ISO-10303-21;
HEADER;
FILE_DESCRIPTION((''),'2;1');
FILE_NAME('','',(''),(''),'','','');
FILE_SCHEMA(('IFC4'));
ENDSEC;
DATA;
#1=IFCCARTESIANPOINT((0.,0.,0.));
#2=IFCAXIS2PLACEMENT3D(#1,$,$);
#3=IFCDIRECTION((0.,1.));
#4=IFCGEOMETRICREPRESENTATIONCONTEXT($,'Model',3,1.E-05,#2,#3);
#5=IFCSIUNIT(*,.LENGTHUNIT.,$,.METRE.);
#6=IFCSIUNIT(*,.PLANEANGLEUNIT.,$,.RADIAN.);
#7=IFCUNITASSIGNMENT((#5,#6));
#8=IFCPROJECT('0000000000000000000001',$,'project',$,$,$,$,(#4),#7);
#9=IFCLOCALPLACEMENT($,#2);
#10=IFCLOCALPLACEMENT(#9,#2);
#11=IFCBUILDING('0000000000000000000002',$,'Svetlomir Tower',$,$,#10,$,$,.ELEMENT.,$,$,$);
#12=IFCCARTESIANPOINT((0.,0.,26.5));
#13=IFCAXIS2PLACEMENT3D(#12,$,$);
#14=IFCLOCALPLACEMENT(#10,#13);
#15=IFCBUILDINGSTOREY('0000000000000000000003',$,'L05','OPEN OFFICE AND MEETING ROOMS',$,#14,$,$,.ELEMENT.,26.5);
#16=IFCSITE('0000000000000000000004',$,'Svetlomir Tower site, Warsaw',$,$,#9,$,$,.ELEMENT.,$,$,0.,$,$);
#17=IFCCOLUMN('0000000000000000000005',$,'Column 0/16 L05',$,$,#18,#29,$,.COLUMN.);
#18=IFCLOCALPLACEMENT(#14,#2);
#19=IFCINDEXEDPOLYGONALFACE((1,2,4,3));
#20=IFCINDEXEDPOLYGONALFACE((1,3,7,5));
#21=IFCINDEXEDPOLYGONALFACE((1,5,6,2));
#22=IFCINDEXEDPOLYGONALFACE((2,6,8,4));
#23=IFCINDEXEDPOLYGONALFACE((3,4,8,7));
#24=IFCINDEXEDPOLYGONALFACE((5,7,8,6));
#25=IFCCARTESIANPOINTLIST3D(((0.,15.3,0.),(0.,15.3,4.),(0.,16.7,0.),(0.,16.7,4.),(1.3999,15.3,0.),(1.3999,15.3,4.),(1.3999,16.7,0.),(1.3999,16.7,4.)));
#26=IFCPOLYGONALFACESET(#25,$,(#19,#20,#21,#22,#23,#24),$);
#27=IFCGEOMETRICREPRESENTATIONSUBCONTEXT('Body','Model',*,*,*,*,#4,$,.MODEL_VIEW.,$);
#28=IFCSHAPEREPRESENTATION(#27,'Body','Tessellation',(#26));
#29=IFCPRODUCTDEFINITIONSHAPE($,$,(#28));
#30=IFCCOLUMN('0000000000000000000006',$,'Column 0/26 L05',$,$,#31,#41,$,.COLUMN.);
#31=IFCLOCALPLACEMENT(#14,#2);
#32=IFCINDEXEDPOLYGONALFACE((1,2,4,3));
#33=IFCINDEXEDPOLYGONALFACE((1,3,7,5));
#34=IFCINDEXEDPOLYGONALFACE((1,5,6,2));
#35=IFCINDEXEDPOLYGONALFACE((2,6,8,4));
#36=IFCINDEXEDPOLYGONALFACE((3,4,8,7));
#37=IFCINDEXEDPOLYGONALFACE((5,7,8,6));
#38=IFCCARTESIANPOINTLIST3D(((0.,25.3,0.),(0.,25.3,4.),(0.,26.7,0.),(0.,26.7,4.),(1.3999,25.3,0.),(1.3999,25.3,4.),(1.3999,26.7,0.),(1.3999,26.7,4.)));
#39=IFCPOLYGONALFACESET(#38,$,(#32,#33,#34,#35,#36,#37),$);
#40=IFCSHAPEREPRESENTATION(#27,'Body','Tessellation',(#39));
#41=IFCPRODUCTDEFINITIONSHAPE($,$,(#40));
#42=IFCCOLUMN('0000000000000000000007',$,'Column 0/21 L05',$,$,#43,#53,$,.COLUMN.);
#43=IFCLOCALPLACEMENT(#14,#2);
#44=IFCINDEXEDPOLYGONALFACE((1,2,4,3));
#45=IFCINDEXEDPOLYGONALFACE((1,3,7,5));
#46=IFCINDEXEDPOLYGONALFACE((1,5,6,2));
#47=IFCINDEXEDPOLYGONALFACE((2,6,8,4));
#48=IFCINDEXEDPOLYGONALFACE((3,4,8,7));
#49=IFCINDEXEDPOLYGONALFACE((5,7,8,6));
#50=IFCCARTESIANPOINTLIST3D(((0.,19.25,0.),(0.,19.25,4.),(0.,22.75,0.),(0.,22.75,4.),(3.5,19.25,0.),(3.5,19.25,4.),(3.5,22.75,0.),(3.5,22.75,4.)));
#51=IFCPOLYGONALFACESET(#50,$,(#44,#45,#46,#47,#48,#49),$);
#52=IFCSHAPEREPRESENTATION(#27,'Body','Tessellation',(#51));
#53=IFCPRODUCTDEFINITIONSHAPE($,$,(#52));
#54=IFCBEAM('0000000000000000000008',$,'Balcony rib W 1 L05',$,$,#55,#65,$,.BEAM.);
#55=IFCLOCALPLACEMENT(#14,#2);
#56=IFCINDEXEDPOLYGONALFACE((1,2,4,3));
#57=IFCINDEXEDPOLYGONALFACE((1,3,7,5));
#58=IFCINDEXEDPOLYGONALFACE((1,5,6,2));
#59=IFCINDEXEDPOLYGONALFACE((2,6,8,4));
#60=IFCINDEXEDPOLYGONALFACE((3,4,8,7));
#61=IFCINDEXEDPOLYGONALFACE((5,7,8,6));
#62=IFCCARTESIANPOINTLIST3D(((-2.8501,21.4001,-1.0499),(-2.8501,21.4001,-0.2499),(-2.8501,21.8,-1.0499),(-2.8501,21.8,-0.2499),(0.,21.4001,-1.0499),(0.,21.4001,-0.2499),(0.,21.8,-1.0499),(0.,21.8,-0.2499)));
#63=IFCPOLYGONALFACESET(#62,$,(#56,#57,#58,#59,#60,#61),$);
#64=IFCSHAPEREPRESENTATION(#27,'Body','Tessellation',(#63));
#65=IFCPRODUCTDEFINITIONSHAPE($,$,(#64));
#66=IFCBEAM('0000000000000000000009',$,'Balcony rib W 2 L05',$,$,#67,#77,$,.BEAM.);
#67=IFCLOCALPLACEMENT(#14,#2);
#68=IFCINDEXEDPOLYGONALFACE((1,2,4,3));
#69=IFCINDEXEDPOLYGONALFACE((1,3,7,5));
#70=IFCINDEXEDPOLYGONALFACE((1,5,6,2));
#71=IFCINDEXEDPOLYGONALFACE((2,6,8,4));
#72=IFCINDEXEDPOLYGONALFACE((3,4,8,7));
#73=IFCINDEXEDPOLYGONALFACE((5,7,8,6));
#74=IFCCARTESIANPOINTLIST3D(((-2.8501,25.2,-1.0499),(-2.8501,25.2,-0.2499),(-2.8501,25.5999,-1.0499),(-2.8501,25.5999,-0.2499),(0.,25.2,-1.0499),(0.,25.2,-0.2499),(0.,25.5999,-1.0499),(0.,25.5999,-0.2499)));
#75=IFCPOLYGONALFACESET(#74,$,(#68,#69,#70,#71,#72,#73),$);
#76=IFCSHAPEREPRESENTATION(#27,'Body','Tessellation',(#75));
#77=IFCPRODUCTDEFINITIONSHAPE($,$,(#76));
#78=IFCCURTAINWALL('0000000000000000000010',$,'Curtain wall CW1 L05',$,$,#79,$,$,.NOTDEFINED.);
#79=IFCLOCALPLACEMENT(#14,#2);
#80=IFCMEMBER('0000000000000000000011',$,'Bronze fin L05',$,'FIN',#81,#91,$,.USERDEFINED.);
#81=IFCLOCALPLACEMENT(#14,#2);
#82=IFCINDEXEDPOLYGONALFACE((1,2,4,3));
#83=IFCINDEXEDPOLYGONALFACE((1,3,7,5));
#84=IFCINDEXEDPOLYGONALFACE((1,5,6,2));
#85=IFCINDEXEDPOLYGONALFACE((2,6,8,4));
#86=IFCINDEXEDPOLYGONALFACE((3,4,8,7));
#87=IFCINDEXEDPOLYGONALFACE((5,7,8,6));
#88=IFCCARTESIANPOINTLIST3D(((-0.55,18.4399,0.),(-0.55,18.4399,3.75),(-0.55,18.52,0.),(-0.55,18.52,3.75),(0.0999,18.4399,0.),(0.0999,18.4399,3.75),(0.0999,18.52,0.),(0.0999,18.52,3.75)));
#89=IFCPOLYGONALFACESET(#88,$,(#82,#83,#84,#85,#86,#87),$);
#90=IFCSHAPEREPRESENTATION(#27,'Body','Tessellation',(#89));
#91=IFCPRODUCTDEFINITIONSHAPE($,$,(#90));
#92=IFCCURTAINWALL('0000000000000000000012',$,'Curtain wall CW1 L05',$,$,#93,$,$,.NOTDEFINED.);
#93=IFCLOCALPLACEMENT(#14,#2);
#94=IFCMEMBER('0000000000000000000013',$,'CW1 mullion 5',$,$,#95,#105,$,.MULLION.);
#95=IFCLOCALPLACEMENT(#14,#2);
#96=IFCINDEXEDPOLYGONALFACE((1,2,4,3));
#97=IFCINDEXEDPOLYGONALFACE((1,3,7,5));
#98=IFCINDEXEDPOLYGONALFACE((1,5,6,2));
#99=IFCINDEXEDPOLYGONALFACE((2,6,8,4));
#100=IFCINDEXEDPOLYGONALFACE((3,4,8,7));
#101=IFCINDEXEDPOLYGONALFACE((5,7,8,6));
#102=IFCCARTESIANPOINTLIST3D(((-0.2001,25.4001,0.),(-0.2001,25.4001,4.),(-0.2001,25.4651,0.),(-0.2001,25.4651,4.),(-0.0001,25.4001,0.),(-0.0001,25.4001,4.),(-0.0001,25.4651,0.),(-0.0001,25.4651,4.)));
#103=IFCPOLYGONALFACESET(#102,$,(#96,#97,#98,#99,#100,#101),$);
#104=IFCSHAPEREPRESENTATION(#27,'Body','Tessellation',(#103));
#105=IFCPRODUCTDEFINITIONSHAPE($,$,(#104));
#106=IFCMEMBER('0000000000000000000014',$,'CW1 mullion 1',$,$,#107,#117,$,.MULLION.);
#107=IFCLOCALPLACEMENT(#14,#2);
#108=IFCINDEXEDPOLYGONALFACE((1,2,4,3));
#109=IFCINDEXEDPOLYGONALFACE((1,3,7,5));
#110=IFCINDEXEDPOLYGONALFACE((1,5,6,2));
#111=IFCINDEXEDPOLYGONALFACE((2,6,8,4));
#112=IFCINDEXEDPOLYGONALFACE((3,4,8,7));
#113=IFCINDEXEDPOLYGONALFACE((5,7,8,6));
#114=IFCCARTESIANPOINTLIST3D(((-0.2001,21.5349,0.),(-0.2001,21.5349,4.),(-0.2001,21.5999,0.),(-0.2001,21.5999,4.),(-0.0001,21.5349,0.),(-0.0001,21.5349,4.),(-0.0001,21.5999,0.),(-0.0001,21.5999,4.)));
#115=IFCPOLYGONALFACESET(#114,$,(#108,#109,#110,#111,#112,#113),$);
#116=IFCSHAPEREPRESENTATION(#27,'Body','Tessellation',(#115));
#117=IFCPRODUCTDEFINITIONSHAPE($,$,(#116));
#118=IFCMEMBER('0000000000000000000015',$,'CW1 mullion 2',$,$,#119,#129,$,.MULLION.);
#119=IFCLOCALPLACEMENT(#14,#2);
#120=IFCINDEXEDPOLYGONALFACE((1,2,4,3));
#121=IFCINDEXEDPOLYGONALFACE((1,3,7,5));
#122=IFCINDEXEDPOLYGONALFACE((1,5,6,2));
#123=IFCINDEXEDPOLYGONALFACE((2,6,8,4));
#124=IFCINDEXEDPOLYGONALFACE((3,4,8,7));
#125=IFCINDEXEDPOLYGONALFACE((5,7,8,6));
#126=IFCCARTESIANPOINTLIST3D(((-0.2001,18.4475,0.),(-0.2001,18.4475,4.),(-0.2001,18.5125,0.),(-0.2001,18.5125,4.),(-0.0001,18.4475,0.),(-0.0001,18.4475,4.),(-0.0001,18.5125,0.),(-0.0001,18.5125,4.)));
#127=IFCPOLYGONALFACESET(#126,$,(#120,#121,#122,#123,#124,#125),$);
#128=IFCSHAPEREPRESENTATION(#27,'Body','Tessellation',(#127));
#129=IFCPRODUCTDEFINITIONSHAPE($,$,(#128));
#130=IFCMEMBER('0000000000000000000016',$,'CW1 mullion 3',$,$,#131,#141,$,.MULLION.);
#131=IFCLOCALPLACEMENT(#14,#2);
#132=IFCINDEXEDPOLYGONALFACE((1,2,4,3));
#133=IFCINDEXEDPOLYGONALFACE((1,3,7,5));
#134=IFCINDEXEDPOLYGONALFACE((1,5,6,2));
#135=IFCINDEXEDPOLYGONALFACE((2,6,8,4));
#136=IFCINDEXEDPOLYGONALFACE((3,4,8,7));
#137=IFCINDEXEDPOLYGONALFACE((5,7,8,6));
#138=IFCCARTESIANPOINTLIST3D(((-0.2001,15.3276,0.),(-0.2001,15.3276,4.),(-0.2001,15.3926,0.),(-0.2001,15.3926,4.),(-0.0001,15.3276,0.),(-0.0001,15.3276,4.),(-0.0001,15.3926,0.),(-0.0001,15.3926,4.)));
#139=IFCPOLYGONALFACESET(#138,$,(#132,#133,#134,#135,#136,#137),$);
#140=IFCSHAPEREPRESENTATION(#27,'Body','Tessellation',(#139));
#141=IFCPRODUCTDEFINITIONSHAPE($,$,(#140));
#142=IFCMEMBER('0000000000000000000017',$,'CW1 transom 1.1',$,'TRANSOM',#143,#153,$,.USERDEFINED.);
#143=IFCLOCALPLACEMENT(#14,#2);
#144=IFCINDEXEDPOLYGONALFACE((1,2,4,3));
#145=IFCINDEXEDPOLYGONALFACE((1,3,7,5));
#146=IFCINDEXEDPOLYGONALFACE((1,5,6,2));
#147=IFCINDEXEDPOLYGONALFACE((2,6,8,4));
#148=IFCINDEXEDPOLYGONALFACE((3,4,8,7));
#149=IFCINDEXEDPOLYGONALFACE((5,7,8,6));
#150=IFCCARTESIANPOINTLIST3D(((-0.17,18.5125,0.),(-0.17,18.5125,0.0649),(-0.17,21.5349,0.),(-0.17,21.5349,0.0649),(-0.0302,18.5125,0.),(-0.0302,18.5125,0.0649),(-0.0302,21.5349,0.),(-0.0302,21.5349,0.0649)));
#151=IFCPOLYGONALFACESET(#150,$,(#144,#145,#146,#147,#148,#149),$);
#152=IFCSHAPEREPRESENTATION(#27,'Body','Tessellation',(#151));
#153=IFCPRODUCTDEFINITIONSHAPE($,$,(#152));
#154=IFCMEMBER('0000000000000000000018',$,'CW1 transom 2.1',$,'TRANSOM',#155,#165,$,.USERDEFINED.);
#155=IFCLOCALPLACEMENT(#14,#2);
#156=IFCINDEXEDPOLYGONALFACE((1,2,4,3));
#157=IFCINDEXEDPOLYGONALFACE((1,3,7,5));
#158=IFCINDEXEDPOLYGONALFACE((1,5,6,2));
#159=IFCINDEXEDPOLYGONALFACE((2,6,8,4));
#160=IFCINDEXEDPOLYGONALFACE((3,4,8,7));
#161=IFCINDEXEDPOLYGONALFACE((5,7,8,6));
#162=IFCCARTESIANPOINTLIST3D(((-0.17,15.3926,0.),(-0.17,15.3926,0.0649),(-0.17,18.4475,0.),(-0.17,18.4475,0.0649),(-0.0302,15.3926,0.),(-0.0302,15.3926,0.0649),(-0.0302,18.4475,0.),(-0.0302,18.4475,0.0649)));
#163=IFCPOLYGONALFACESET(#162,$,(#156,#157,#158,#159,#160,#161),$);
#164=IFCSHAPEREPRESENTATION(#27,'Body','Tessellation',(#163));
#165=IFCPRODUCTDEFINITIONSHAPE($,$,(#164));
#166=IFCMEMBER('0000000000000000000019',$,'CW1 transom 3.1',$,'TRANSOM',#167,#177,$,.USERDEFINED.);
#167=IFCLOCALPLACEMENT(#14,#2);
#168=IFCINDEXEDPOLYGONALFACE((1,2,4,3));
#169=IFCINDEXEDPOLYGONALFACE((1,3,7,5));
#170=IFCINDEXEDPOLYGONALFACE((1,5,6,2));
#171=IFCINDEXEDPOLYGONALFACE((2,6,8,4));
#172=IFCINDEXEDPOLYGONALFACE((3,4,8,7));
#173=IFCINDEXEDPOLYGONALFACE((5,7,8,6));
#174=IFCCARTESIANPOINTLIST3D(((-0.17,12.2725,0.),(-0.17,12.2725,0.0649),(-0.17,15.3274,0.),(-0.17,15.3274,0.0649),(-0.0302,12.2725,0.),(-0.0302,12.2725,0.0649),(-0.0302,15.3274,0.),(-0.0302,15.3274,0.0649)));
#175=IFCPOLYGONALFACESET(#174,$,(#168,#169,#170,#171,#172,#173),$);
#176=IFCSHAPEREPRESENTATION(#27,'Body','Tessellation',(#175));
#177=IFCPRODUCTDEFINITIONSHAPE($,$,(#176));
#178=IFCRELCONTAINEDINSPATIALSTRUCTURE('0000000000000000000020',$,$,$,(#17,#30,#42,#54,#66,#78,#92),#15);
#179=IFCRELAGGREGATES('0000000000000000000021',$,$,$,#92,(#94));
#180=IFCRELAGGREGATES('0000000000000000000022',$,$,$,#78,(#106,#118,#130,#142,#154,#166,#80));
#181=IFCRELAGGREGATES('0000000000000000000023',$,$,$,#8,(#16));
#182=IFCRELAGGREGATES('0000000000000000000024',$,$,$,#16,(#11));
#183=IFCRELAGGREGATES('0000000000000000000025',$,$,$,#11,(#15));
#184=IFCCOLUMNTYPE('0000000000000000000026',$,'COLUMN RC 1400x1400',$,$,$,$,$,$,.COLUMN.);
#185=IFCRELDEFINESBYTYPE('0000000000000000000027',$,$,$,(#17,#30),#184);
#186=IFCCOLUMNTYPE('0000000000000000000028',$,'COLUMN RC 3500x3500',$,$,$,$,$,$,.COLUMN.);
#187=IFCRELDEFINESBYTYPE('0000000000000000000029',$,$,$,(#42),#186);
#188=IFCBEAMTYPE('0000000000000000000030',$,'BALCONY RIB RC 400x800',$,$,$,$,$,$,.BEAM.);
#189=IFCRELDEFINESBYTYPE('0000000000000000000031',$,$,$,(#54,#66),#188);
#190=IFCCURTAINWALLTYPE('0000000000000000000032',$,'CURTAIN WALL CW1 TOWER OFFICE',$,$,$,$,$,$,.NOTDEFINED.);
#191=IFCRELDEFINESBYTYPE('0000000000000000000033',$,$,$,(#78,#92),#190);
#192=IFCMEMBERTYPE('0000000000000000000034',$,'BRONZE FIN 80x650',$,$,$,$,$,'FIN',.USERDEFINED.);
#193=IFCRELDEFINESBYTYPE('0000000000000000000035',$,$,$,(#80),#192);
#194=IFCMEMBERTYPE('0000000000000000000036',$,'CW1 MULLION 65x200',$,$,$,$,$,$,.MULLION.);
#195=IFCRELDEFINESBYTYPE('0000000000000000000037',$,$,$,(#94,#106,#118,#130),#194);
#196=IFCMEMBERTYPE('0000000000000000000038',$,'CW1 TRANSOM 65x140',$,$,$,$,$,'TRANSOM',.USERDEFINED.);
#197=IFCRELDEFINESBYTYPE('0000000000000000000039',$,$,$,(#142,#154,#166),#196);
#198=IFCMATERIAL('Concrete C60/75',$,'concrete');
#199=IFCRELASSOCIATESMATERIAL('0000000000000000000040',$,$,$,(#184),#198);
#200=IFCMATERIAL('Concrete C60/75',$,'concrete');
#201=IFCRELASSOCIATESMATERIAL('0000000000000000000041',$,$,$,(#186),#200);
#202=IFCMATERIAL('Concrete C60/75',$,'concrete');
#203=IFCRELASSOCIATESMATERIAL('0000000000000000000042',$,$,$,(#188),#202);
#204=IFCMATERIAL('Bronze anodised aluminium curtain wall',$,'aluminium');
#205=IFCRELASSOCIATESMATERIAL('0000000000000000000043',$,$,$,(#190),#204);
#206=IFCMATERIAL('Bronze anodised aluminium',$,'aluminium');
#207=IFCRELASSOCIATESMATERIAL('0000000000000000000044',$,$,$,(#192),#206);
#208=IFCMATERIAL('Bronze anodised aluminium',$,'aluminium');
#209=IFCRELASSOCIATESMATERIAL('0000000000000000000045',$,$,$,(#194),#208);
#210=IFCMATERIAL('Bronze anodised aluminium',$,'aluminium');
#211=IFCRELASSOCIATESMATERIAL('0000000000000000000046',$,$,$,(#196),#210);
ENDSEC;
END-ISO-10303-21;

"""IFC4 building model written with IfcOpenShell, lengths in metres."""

from ifc_helpers import new_model, si_unit, direction, frame, origin, origin_2d, place, context, subcontext, project, spatial, rectangle, extrude, material, material_profile, profile_set, type_object, element, aggregate, save


model = new_model("IFC4")

# Units and contexts
model_context = context("Model", 3, precision=1e-05, world=origin(), true_north=direction((0.0, 1.0)))
body_context = subcontext(model_context, "Body", "Model", "MODEL_VIEW")
ifc_project = project(units=[si_unit("LENGTHUNIT", "METRE"), si_unit("PLANEANGLEUNIT", "RADIAN")], contexts=[model_context])

# Site, building, storey
site_placement = place(None, origin())
site = spatial("IfcSite", under=ifc_project, at=site_placement, Name="Svetlomir Tower site, Warsaw", CompositionType="ELEMENT", RefElevation=0.0)
building_placement = place(site_placement, origin())
building = spatial("IfcBuilding", under=site, at=building_placement, Name="Svetlomir Tower", CompositionType="ELEMENT")
storey_placement = place(building_placement, frame((0.0, 0.0, 26.5)))
storey = spatial("IfcBuildingStorey", under=building, at=storey_placement, Name="L05", Description="OPEN OFFICE AND MEETING ROOMS", CompositionType="ELEMENT", Elevation=26.5)

# Columns
ifc_material_1 = material(Name="Concrete C60/75", Category="concrete")
ifc_material_profile_1 = material_profile(ifc_material_1, rectangle(XDim=1.3999, YDim=1.3999, at=origin_2d()), Name="RC 1400x1400")
ifc_profile_set_1 = profile_set([ifc_material_profile_1], Name="Concrete C60/75")
column_type_1 = type_object("IfcColumnType", Name="COLUMN RC 1400x1400", PredefinedType="COLUMN", material=ifc_profile_set_1)
for number, where, z_axis, x_axis, name in (
    (1, (0.7, 16.0, 0.0), (0.0, 0.0, 1.0), (1.0, 0.0, 0.0), "Column 0/16 L05"),
    (2, (0.7, 26.0, 0.0), (0.0, 0.0, 1.0), (1.0, 0.0, 0.0), "Column 0/26 L05"),
):
    element("IfcColumn", number, at=place(storey_placement, frame(where, z_axis=z_axis, x_axis=x_axis)), inside=storey, type_object=column_type_1, Name=name, PredefinedType="COLUMN", context=body_context, shape_type="SweptSolid", body=[
        extrude(rectangle(XDim=1.3999, YDim=1.3999, at=origin_2d()), origin(), (0.0, 0.0, 1.0), 4.0),
    ])
ifc_material_2 = material(Name="Concrete C60/75", Category="concrete")
ifc_material_profile_2 = material_profile(ifc_material_2, rectangle(XDim=3.5, YDim=3.5, at=origin_2d()), Name="RC 3500x3500")
ifc_profile_set_2 = profile_set([ifc_material_profile_2], Name="Concrete C60/75")
column_type_2 = type_object("IfcColumnType", Name="COLUMN RC 3500x3500", PredefinedType="COLUMN", material=ifc_profile_set_2)
column_placement = place(storey_placement, frame((1.75, 21.0, 0.0), z_axis=(0.0, 0.0, 1.0), x_axis=(1.0, 0.0, 0.0)))
element("IfcColumn", 3, at=column_placement, inside=storey, type_object=column_type_2, Name="Column 0/21 L05", PredefinedType="COLUMN", context=body_context, shape_type="SweptSolid", body=[
    extrude(rectangle(XDim=3.5, YDim=3.5, at=origin_2d()), origin(), (0.0, 0.0, 1.0), 4.0),
])

# Beams
ifc_material_3 = material(Name="Concrete C60/75", Category="concrete")
ifc_material_profile_3 = material_profile(ifc_material_3, rectangle(XDim=0.3999, YDim=0.8, at=origin_2d()), Name="RC 400x800")
ifc_profile_set_3 = profile_set([ifc_material_profile_3], Name="Concrete C60/75")
beam_type_1 = type_object("IfcBeamType", Name="BALCONY RIB RC 400x800", PredefinedType="BEAM", material=ifc_profile_set_3)
for number, where, z_axis, x_axis, name in (
    (4, (0.0, 21.6001, -0.6499), (-1.0, 0.0, 0.0), (0.0, -1.0, 0.0), "Balcony rib W 1 L05"),
    (5, (0.0, 25.3999, -0.6499), (-1.0, 0.0, 0.0), (0.0, -1.0, 0.0), "Balcony rib W 2 L05"),
):
    element("IfcBeam", number, at=place(storey_placement, frame(where, z_axis=z_axis, x_axis=x_axis)), inside=storey, type_object=beam_type_1, Name=name, PredefinedType="BEAM", context=body_context, shape_type="SweptSolid", body=[
        extrude(rectangle(XDim=0.3999, YDim=0.8, at=origin_2d()), origin(), (0.0, 0.0, 1.0), 2.8501),
    ])

# Curtain walls, members
ifc_material_4 = material(Name="Bronze anodised aluminium curtain wall", Category="aluminium")
curtain_wall_type = type_object("IfcCurtainWallType", Name="CURTAIN WALL CW1 TOWER OFFICE", PredefinedType="NOTDEFINED", material=ifc_material_4)
curtain_wall_1_placement = place(storey_placement, origin())
curtain_wall_1 = element("IfcCurtainWall", 6, at=curtain_wall_1_placement, inside=storey, type_object=curtain_wall_type, Name="Curtain wall CW1 L05", PredefinedType="NOTDEFINED")
ifc_material_5 = material(Name="Bronze anodised aluminium", Category="aluminium")
ifc_material_profile_4 = material_profile(ifc_material_5, rectangle(XDim=0.0801, YDim=0.6499, at=origin_2d()), Name="FIN 80x650")
ifc_profile_set_4 = profile_set([ifc_material_profile_4], Name="Bronze anodised aluminium 6063-T6")
member_type_1 = type_object("IfcMemberType", Name="BRONZE FIN 80x650", ElementType="FIN", PredefinedType="USERDEFINED", material=ifc_profile_set_4)
member_1_placement = place(storey_placement, frame((-0.2251, 18.48, 0.0), z_axis=(0.0, 0.0, 1.0), x_axis=(0.0, 1.0, 0.0)))
member_1 = element("IfcMember", 7, at=member_1_placement, type_object=member_type_1, Name="Bronze fin L05", ObjectType="FIN", PredefinedType="USERDEFINED", context=body_context, shape_type="SweptSolid", body=[
    extrude(rectangle(XDim=0.0801, YDim=0.6499, at=origin_2d()), origin(), (0.0, 0.0, 1.0), 3.75),
])
curtain_wall_2_placement = place(storey_placement, origin())
curtain_wall_2 = element("IfcCurtainWall", 8, at=curtain_wall_2_placement, inside=storey, type_object=curtain_wall_type, Name="Curtain wall CW1 L05", PredefinedType="NOTDEFINED")
ifc_material_6 = material(Name="Bronze anodised aluminium", Category="aluminium")
ifc_material_profile_5 = material_profile(ifc_material_6, rectangle(XDim=0.0649, YDim=0.2, at=origin_2d()), Name="AL 65x200")
ifc_profile_set_5 = profile_set([ifc_material_profile_5], Name="Bronze anodised aluminium 6063-T6")
member_type_2 = type_object("IfcMemberType", Name="CW1 MULLION 65x200", PredefinedType="MULLION", material=ifc_profile_set_5)
member_2_placement = place(storey_placement, frame((-0.1001, 25.4326, 0.0), z_axis=(0.0, 0.0, 1.0), x_axis=(0.0, -1.0, 0.0)))
member_2 = element("IfcMember", 9, at=member_2_placement, type_object=member_type_2, Name="CW1 mullion 5", PredefinedType="MULLION", context=body_context, shape_type="SweptSolid", body=[
    extrude(rectangle(XDim=0.0649, YDim=0.2, at=origin_2d()), origin(), (0.0, 0.0, 1.0), 4.0),
])

# Members
member_3_placement = place(storey_placement, frame((-0.1001, 21.5674, 0.0), z_axis=(0.0, 0.0, 1.0), x_axis=(0.0, -1.0, 0.0)))
member_3 = element("IfcMember", 10, at=member_3_placement, type_object=member_type_2, Name="CW1 mullion 1", PredefinedType="MULLION", context=body_context, shape_type="SweptSolid", body=[
    extrude(rectangle(XDim=0.0649, YDim=0.2, at=origin_2d()), origin(), (0.0, 0.0, 1.0), 4.0),
])
member_4_placement = place(storey_placement, frame((-0.1001, 18.48, 0.0), z_axis=(0.0, 0.0, 1.0), x_axis=(0.0, -1.0, 0.0)))
member_4 = element("IfcMember", 11, at=member_4_placement, type_object=member_type_2, Name="CW1 mullion 2", PredefinedType="MULLION", context=body_context, shape_type="SweptSolid", body=[
    extrude(rectangle(XDim=0.0649, YDim=0.2, at=origin_2d()), origin(), (0.0, 0.0, 1.0), 4.0),
])
member_5_placement = place(storey_placement, frame((-0.1001, 15.3601, 0.0), z_axis=(0.0, 0.0, 1.0), x_axis=(0.0, -1.0, 0.0)))
member_5 = element("IfcMember", 12, at=member_5_placement, type_object=member_type_2, Name="CW1 mullion 3", PredefinedType="MULLION", context=body_context, shape_type="SweptSolid", body=[
    extrude(rectangle(XDim=0.0649, YDim=0.2, at=origin_2d()), origin(), (0.0, 0.0, 1.0), 4.0),
])
ifc_material_7 = material(Name="Bronze anodised aluminium", Category="aluminium")
ifc_material_profile_6 = material_profile(ifc_material_7, rectangle(XDim=0.1399, YDim=0.0649, at=origin_2d()), Name="AL 140x65")
ifc_profile_set_6 = profile_set([ifc_material_profile_6], Name="Bronze anodised aluminium 6063-T6")
member_type_3 = type_object("IfcMemberType", Name="CW1 TRANSOM 65x140", ElementType="TRANSOM", PredefinedType="USERDEFINED", material=ifc_profile_set_6)
member_6_placement = place(storey_placement, frame((-0.1001, 21.5349, 0.0325), z_axis=(0.0, -1.0, 0.0), x_axis=(1.0, 0.0, 0.0)))
member_6 = element("IfcMember", 13, at=member_6_placement, type_object=member_type_3, Name="CW1 transom 1.1", ObjectType="TRANSOM", PredefinedType="USERDEFINED", context=body_context, shape_type="SweptSolid", body=[
    extrude(rectangle(XDim=0.1399, YDim=0.0649, at=origin_2d()), origin(), (0.0, 0.0, 1.0), 3.0225),
])
member_7_placement = place(storey_placement, frame((-0.1001, 18.4475, 0.0325), z_axis=(0.0, -1.0, 0.0), x_axis=(1.0, 0.0, 0.0)))
member_7 = element("IfcMember", 14, at=member_7_placement, type_object=member_type_3, Name="CW1 transom 2.1", ObjectType="TRANSOM", PredefinedType="USERDEFINED", context=body_context, shape_type="SweptSolid", body=[
    extrude(rectangle(XDim=0.1399, YDim=0.0649, at=origin_2d()), origin(), (0.0, 0.0, 1.0), 3.0549),
])
member_8_placement = place(storey_placement, frame((-0.1001, 15.3274, 0.0325), z_axis=(0.0, -1.0, 0.0), x_axis=(1.0, 0.0, 0.0)))
member_8 = element("IfcMember", 15, at=member_8_placement, type_object=member_type_3, Name="CW1 transom 3.1", ObjectType="TRANSOM", PredefinedType="USERDEFINED", context=body_context, shape_type="SweptSolid", body=[
    extrude(rectangle(XDim=0.1399, YDim=0.0649, at=origin_2d()), origin(), (0.0, 0.0, 1.0), 3.0549),
])

aggregate(curtain_wall_2, [member_2])
aggregate(curtain_wall_1, [member_3, member_4, member_5, member_6, member_7, member_8, member_1])

save(model, "model.ifc")
